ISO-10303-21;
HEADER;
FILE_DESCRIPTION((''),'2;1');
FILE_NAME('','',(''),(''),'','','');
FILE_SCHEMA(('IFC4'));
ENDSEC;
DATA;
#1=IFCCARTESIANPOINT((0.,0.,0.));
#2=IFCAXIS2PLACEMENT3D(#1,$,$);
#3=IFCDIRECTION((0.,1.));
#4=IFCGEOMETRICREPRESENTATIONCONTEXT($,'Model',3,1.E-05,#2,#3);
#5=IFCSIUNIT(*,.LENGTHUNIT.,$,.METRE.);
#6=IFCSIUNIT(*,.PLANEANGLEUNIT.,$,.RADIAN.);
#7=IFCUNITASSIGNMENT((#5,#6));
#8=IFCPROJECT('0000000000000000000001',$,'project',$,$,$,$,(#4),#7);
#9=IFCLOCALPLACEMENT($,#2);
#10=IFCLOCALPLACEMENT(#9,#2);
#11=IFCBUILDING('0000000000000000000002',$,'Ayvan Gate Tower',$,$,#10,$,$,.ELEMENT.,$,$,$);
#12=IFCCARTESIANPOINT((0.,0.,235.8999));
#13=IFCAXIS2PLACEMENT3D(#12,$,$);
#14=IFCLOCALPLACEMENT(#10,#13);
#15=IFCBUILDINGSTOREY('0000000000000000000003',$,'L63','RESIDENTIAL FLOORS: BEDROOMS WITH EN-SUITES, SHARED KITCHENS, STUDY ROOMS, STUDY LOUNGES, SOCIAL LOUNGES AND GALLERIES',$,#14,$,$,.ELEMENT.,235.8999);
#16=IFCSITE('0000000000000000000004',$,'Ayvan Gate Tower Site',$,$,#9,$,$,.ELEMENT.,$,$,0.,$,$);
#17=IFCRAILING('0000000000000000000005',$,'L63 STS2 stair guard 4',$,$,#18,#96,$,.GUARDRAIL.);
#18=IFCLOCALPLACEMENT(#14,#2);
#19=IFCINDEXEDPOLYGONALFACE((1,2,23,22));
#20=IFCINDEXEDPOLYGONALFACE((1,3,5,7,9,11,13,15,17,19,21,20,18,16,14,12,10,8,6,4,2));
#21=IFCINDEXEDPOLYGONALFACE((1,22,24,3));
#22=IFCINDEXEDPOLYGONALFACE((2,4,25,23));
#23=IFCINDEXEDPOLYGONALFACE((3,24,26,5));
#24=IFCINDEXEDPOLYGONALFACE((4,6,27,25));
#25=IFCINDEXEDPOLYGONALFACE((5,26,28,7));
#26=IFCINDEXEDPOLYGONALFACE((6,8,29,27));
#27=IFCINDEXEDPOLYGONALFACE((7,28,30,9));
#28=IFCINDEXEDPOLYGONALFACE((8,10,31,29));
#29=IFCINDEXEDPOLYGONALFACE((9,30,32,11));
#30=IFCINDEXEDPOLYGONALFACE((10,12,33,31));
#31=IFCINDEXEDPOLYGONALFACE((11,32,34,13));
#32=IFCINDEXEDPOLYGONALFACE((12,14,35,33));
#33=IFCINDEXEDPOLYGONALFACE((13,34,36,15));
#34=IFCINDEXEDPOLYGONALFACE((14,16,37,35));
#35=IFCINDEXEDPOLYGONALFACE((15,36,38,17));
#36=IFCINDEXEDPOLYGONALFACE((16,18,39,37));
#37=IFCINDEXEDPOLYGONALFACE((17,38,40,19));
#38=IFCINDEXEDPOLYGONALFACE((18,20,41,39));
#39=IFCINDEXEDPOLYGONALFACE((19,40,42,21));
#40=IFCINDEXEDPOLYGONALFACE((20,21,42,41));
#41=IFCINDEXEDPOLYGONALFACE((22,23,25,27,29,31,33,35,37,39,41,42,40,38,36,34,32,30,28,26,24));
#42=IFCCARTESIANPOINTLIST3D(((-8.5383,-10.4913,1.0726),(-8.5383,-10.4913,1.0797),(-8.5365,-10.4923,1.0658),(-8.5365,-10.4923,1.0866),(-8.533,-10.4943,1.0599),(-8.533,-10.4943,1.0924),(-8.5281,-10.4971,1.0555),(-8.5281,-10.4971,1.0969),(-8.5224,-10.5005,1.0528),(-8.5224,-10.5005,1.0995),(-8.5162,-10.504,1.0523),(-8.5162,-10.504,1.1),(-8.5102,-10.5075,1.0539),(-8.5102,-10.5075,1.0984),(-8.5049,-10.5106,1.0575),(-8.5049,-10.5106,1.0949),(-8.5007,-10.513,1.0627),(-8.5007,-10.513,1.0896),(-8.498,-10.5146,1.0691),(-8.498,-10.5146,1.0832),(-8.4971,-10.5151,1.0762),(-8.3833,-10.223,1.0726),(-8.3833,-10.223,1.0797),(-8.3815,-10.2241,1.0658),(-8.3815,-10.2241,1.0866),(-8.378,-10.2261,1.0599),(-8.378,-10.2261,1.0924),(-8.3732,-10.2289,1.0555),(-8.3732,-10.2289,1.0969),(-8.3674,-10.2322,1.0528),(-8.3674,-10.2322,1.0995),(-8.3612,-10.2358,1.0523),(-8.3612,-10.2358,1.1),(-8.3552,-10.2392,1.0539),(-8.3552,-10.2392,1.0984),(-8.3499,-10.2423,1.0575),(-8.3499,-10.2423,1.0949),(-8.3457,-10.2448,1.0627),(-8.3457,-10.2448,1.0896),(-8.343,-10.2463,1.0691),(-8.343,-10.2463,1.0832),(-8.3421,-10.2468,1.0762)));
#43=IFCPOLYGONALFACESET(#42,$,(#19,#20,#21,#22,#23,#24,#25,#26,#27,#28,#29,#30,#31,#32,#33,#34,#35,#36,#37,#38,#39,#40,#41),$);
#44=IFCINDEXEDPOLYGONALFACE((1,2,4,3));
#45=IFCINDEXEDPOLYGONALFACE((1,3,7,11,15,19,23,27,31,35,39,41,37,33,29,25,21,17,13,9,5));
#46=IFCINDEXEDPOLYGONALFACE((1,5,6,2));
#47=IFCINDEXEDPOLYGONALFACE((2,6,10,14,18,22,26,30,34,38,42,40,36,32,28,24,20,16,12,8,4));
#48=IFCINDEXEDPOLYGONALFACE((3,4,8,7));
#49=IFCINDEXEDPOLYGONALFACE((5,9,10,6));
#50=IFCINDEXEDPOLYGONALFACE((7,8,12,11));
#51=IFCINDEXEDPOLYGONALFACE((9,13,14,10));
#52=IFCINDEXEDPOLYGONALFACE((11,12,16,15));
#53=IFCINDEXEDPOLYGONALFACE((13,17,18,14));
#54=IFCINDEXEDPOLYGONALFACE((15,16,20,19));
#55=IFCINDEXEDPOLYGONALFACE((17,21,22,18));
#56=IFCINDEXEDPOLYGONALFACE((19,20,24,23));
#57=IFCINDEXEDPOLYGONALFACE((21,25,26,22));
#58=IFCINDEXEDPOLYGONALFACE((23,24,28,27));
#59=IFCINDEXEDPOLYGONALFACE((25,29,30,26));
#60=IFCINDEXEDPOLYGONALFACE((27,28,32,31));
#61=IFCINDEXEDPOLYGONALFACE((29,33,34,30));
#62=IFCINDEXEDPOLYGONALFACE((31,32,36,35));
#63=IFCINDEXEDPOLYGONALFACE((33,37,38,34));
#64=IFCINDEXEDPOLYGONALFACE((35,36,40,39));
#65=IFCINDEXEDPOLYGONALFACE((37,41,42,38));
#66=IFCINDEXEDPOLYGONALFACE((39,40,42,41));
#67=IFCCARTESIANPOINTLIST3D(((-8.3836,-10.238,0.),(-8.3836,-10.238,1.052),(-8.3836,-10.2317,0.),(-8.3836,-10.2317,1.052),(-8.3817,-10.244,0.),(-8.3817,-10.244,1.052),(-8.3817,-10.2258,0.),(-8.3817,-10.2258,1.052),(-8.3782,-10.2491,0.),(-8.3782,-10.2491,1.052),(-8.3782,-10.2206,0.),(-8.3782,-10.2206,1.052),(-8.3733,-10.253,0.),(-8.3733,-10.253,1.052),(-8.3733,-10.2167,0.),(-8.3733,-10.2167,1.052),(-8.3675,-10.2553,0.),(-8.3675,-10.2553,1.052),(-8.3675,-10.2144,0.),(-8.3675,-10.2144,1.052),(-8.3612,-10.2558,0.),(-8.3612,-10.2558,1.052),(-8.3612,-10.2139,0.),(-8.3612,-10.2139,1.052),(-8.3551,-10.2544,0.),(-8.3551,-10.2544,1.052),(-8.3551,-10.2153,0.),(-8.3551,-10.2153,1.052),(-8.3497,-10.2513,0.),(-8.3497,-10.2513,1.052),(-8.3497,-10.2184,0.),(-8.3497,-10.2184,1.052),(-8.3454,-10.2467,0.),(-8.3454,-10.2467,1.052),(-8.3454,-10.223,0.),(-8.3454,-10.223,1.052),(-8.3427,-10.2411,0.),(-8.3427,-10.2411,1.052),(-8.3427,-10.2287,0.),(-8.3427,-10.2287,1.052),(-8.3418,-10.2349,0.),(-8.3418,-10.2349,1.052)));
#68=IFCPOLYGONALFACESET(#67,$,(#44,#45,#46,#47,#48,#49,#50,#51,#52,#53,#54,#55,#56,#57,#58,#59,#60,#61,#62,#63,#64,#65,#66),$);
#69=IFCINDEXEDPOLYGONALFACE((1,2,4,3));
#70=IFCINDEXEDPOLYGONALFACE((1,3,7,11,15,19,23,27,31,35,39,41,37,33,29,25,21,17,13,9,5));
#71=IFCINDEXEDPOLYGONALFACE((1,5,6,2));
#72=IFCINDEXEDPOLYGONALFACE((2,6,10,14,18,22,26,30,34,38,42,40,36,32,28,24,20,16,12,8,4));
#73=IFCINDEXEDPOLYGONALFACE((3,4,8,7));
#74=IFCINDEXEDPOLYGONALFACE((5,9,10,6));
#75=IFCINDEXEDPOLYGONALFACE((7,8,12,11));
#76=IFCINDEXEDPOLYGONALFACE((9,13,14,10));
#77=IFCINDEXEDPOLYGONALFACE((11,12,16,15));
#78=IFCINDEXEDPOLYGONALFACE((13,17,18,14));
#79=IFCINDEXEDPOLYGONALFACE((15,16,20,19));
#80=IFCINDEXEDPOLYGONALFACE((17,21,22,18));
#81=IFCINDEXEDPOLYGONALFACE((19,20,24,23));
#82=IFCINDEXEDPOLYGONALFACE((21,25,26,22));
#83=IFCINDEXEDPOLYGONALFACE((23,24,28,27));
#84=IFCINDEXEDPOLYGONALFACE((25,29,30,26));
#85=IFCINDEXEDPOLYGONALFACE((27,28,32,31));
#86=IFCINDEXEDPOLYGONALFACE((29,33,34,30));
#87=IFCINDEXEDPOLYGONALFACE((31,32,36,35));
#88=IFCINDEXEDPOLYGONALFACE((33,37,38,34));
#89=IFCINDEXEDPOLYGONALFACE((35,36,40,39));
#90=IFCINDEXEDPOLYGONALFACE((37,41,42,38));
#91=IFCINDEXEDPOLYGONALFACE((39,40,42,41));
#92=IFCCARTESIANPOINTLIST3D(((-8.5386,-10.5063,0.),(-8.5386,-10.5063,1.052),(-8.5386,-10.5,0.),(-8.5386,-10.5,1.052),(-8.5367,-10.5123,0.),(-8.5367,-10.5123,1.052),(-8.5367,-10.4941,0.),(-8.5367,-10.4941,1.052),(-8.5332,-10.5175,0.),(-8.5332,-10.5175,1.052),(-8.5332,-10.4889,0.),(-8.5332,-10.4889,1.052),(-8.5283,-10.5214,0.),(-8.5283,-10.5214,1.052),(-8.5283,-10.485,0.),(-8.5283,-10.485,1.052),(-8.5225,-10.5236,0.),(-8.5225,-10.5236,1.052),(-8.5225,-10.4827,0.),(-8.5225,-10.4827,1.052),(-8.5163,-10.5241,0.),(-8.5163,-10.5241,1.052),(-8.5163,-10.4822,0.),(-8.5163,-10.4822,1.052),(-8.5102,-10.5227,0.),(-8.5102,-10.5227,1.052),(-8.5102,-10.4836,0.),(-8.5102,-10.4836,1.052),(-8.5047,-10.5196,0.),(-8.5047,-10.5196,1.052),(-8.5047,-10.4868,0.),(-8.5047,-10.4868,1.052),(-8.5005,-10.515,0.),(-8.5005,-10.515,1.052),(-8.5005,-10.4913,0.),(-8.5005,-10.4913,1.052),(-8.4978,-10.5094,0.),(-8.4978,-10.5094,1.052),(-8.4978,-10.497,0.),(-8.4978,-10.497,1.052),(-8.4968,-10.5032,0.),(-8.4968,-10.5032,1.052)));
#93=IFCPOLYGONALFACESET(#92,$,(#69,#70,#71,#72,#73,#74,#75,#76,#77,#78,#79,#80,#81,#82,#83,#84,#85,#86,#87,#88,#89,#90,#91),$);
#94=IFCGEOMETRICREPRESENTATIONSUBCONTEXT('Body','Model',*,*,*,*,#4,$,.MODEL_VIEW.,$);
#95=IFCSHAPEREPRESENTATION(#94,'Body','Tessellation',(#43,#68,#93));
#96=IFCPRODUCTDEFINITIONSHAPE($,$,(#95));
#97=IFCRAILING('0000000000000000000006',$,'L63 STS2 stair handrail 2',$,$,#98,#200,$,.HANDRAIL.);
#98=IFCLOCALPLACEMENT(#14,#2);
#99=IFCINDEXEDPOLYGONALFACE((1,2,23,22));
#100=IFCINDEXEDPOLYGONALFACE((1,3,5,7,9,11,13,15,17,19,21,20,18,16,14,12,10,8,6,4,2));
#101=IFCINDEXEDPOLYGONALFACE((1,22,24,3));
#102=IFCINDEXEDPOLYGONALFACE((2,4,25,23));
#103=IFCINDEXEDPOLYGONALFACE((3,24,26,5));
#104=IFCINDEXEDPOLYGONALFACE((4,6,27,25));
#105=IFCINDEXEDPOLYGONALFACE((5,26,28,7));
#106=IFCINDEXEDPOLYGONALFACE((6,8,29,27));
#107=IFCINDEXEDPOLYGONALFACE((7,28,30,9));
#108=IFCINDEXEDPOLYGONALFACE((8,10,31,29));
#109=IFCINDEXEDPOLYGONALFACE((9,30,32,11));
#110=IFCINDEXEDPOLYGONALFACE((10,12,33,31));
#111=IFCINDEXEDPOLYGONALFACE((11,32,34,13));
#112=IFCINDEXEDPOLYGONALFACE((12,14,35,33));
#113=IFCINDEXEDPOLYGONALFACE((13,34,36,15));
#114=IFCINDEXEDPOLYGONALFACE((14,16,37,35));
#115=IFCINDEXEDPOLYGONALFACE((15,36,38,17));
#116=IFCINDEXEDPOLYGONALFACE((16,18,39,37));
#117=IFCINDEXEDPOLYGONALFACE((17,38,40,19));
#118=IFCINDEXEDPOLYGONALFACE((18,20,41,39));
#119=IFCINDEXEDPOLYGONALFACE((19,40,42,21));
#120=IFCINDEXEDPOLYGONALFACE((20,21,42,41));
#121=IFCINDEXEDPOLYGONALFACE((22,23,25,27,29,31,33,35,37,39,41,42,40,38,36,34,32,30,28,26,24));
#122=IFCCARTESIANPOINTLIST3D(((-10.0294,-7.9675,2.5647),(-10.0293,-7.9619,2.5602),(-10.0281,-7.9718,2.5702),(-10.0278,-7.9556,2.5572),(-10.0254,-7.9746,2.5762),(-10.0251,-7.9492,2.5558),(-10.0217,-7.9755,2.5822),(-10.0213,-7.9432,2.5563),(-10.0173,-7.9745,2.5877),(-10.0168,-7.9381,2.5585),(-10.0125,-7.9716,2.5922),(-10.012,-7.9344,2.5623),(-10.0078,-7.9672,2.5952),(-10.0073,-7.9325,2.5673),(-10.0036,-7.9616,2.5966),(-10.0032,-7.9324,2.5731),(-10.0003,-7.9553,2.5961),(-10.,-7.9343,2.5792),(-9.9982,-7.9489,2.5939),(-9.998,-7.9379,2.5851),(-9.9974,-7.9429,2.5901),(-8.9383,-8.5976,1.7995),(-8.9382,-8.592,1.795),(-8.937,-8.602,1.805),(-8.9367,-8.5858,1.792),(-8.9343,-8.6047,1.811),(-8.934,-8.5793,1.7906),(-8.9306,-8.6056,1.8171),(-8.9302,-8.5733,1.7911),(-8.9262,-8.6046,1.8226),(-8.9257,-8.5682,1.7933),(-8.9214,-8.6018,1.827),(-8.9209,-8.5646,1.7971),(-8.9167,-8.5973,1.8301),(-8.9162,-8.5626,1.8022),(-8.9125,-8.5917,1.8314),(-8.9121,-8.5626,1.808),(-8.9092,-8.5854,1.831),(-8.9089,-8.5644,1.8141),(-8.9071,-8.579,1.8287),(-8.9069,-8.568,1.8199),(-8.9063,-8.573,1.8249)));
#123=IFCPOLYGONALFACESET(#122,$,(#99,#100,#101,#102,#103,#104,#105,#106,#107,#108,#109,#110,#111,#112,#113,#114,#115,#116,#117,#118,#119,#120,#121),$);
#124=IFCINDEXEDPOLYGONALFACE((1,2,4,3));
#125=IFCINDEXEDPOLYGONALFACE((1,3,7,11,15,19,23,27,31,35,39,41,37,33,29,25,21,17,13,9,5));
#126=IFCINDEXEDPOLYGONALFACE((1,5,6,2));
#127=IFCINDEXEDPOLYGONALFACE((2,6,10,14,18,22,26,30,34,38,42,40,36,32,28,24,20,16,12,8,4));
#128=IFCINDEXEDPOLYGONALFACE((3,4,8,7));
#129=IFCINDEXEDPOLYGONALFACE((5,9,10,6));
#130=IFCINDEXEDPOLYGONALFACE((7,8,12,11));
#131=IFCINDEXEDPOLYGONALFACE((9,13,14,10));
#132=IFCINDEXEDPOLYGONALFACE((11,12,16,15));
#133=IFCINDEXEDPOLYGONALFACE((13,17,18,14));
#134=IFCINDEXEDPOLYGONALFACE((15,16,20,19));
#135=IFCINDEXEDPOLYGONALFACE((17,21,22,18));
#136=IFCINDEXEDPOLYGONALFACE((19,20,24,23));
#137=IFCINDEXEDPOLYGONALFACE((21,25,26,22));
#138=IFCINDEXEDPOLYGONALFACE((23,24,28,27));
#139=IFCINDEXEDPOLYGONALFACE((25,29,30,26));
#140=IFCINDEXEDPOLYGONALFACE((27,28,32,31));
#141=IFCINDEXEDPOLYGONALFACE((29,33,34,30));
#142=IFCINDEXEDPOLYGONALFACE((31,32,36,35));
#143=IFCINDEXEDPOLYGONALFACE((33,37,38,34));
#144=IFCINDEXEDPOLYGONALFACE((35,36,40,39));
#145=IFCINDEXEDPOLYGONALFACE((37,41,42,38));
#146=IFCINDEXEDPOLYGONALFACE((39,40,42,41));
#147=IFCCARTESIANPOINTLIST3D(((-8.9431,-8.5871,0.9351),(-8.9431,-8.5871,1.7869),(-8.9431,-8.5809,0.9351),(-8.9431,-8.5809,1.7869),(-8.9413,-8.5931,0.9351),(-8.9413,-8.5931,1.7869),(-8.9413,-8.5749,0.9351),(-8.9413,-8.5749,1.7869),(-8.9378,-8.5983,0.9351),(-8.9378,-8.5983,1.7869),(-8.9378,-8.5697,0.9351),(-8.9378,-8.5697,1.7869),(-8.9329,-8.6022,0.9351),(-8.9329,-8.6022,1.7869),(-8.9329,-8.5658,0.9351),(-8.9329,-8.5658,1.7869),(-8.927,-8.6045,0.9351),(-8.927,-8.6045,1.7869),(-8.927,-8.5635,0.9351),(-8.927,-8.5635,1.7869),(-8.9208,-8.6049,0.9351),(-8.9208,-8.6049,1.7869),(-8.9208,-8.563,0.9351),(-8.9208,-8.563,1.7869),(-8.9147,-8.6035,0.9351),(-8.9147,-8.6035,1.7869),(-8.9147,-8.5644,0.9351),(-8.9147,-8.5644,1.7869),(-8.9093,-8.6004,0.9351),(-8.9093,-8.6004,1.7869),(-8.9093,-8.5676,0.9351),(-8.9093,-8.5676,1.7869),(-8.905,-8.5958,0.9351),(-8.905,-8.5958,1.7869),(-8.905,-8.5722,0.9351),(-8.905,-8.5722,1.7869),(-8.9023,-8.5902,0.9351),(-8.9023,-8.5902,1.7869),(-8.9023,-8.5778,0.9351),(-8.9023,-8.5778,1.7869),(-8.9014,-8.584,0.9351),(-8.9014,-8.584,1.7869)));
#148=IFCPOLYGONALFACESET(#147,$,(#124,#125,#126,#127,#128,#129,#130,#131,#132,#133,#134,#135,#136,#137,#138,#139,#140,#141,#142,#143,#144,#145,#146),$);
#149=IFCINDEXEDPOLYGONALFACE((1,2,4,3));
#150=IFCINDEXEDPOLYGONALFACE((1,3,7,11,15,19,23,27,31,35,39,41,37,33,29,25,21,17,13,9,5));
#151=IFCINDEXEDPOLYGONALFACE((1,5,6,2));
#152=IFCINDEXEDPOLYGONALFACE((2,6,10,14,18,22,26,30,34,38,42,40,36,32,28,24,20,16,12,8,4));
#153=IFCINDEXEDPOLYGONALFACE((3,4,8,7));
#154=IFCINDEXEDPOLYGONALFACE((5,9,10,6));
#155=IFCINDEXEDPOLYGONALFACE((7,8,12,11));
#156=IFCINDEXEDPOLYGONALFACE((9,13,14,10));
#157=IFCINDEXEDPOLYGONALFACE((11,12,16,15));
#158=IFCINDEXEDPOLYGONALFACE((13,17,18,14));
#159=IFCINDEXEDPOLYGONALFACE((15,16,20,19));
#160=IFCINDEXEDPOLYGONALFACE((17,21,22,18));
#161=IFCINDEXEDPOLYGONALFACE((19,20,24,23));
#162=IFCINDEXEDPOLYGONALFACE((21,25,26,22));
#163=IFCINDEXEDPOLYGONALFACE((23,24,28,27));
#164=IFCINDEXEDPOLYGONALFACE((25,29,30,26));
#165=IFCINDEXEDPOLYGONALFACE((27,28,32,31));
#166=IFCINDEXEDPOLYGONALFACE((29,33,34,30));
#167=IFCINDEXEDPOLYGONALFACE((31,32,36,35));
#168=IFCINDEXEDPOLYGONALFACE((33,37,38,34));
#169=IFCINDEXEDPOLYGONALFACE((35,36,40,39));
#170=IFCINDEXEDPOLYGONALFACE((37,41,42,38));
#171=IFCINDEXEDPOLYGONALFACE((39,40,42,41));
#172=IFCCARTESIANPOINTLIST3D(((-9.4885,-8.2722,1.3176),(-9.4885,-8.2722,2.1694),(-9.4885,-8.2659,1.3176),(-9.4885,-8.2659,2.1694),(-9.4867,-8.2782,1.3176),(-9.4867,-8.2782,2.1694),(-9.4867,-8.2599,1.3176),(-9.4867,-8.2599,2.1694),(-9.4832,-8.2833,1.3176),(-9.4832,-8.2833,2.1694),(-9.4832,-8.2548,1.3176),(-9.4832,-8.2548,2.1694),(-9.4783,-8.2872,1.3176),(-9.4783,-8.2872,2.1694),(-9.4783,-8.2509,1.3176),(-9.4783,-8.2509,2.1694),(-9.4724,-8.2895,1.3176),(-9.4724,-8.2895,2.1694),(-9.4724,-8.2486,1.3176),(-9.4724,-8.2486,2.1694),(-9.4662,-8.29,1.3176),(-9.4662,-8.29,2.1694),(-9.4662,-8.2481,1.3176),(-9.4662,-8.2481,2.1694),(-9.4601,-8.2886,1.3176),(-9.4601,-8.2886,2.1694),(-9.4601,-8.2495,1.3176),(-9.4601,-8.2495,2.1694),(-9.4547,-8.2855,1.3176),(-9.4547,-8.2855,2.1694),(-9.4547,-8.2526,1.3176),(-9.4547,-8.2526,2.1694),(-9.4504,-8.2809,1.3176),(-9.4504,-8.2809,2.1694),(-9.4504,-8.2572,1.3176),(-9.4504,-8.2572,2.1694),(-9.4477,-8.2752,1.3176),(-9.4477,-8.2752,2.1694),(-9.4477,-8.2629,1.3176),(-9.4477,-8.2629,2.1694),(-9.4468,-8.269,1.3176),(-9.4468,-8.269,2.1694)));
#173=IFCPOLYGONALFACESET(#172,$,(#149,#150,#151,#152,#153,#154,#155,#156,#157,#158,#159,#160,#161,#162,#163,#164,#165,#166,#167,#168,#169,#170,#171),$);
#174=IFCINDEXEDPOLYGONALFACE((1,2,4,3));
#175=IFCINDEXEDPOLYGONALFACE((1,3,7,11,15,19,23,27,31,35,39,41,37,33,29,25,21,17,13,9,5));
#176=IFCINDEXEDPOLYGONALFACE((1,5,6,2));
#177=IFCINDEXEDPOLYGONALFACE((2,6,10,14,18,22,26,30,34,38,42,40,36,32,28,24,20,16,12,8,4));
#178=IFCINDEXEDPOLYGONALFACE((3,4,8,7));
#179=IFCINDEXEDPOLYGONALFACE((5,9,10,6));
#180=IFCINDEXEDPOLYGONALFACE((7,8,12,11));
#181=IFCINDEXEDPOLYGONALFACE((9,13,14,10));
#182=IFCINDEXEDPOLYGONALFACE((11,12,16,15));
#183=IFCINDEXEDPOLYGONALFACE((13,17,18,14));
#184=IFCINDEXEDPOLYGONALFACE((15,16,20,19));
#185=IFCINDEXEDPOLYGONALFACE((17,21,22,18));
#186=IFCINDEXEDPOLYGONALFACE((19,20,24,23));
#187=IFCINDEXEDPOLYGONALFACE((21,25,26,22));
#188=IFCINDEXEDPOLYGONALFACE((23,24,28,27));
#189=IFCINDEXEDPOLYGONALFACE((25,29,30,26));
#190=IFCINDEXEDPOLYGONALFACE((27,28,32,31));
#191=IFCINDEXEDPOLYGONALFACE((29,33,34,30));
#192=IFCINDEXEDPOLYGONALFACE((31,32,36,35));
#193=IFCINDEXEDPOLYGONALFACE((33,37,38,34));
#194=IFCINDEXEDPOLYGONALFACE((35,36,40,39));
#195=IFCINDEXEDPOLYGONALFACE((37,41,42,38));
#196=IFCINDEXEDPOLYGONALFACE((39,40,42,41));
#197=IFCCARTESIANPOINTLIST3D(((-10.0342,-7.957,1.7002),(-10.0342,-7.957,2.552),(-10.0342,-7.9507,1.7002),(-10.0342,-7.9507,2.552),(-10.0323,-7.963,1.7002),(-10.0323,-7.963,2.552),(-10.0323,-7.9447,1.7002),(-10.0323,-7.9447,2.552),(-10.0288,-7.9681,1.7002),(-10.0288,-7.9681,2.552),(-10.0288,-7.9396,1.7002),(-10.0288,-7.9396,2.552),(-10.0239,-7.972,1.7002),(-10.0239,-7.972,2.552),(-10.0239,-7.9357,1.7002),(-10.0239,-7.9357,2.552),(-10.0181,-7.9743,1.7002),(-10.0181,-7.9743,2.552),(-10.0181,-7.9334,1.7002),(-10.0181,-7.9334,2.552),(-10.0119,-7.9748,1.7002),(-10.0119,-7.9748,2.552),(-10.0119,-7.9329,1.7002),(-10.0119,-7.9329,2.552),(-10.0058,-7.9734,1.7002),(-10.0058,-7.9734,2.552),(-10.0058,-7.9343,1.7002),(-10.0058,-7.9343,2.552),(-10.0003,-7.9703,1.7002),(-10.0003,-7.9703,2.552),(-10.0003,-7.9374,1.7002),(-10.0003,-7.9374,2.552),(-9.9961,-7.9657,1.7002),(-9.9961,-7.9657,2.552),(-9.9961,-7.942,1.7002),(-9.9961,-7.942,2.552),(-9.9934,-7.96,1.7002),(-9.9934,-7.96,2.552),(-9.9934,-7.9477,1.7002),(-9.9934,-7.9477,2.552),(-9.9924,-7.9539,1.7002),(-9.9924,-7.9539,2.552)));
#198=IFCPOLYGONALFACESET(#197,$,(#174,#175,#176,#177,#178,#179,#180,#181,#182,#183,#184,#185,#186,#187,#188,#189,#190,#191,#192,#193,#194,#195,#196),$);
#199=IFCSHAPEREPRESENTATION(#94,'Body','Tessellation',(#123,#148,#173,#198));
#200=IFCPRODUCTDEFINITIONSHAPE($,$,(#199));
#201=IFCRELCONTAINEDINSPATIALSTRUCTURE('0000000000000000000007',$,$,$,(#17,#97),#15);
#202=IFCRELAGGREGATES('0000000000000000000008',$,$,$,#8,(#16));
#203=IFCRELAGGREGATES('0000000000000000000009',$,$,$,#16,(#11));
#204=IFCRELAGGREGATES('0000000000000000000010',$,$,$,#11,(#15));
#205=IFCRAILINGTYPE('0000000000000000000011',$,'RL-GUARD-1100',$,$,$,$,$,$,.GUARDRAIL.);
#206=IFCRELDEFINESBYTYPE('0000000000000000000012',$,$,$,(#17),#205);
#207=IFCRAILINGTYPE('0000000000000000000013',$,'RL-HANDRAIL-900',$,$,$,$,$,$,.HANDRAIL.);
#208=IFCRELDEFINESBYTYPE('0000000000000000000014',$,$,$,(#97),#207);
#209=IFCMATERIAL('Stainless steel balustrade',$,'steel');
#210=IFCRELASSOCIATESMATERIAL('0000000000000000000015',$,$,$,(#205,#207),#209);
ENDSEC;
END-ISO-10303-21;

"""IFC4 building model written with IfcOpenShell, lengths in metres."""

from ifc_helpers import new_model, si_unit, direction, frame, origin, origin_2d, place, context, subcontext, project, spatial, circle, extrude, material, type_object, element, save


model = new_model("IFC4")

# Units and contexts
model_context = context("Model", 3, precision=1e-05, world=origin(), true_north=direction((0.0, 1.0)))
body_context = subcontext(model_context, "Body", "Model", "MODEL_VIEW")
ifc_project = project(units=[si_unit("LENGTHUNIT", "METRE"), si_unit("PLANEANGLEUNIT", "RADIAN")], contexts=[model_context])

# Site, building, storey
site_placement = place(None, origin())
site = spatial("IfcSite", under=ifc_project, at=site_placement, Name="Ayvan Gate Tower Site", CompositionType="ELEMENT", RefElevation=0.0)
building_placement = place(site_placement, origin())
building = spatial("IfcBuilding", under=site, at=building_placement, Name="Ayvan Gate Tower", CompositionType="ELEMENT")
storey_placement = place(building_placement, frame((0.0, 0.0, 235.8999)))
storey = spatial("IfcBuildingStorey", under=building, at=storey_placement, Name="L63", Description="RESIDENTIAL FLOORS: BEDROOMS WITH EN-SUITES, SHARED KITCHENS, STUDY ROOMS, STUDY LOUNGES, SOCIAL LOUNGES AND GALLERIES", CompositionType="ELEMENT", Elevation=235.8999)

# Railings
ifc_material_1 = material(Name="Stainless steel balustrade", Category="steel")
railing_type_1 = type_object("IfcRailingType", Name="RL-GUARD-1100", PredefinedType="GUARDRAIL", material=ifc_material_1)
railing_1_placement = place(storey_placement, frame((-8.3628, -10.2349, 0.0)))
element("IfcRailing", 1, at=railing_1_placement, inside=storey, type_object=railing_type_1, Name="L63 STS2 stair guard 4", PredefinedType="GUARDRAIL", context=body_context, shape_type="SweptSolid", body=[
    extrude(circle(Radius=0.0239, at=origin_2d()), frame((0.0, 0.0, 1.0762), z_axis=(-0.500291, -0.865857, 0.0), x_axis=(0.865857, -0.500291, 0.0)), (0.0, 0.0, 1.0), 0.3098),
    extrude(circle(Radius=0.021, at=origin_2d()), origin(), (0.0, 0.0, 1.0), 1.052),
    extrude(circle(Radius=0.021, at=origin_2d()), frame((-0.155, -0.2683, 0.0)), (0.0, 0.0, 1.0), 1.052),
])
railing_type_2 = type_object("IfcRailingType", Name="RL-HANDRAIL-900", PredefinedType="HANDRAIL", material=ifc_material_1)
railing_2_placement = place(storey_placement, frame((-8.9224, -8.584, 0.9351)))
element("IfcRailing", 2, at=railing_2_placement, inside=storey, type_object=railing_type_2, Name="L63 STS2 stair handrail 2", PredefinedType="HANDRAIL", context=body_context, shape_type="SweptSolid", body=[
    extrude(circle(Radius=0.0239, at=origin_2d()), frame((0.0, 0.0, 0.876), z_axis=(-0.740166, 0.427471, 0.51906), x_axis=(-0.500119, -0.865956, 0.0)), (0.0, 0.0, 1.0), 1.4741),
    extrude(circle(Radius=0.021, at=origin_2d()), origin(), (0.0, 0.0, 1.0), 0.8518),
    extrude(circle(Radius=0.021, at=origin_2d()), frame((-0.5454, 0.3149, 0.3826)), (0.0, 0.0, 1.0), 0.8518),
    extrude(circle(Radius=0.021, at=origin_2d()), frame((-1.0911, 0.6301, 0.7651)), (0.0, 0.0, 1.0), 0.8518),
])

save(model, "model.ifc")
